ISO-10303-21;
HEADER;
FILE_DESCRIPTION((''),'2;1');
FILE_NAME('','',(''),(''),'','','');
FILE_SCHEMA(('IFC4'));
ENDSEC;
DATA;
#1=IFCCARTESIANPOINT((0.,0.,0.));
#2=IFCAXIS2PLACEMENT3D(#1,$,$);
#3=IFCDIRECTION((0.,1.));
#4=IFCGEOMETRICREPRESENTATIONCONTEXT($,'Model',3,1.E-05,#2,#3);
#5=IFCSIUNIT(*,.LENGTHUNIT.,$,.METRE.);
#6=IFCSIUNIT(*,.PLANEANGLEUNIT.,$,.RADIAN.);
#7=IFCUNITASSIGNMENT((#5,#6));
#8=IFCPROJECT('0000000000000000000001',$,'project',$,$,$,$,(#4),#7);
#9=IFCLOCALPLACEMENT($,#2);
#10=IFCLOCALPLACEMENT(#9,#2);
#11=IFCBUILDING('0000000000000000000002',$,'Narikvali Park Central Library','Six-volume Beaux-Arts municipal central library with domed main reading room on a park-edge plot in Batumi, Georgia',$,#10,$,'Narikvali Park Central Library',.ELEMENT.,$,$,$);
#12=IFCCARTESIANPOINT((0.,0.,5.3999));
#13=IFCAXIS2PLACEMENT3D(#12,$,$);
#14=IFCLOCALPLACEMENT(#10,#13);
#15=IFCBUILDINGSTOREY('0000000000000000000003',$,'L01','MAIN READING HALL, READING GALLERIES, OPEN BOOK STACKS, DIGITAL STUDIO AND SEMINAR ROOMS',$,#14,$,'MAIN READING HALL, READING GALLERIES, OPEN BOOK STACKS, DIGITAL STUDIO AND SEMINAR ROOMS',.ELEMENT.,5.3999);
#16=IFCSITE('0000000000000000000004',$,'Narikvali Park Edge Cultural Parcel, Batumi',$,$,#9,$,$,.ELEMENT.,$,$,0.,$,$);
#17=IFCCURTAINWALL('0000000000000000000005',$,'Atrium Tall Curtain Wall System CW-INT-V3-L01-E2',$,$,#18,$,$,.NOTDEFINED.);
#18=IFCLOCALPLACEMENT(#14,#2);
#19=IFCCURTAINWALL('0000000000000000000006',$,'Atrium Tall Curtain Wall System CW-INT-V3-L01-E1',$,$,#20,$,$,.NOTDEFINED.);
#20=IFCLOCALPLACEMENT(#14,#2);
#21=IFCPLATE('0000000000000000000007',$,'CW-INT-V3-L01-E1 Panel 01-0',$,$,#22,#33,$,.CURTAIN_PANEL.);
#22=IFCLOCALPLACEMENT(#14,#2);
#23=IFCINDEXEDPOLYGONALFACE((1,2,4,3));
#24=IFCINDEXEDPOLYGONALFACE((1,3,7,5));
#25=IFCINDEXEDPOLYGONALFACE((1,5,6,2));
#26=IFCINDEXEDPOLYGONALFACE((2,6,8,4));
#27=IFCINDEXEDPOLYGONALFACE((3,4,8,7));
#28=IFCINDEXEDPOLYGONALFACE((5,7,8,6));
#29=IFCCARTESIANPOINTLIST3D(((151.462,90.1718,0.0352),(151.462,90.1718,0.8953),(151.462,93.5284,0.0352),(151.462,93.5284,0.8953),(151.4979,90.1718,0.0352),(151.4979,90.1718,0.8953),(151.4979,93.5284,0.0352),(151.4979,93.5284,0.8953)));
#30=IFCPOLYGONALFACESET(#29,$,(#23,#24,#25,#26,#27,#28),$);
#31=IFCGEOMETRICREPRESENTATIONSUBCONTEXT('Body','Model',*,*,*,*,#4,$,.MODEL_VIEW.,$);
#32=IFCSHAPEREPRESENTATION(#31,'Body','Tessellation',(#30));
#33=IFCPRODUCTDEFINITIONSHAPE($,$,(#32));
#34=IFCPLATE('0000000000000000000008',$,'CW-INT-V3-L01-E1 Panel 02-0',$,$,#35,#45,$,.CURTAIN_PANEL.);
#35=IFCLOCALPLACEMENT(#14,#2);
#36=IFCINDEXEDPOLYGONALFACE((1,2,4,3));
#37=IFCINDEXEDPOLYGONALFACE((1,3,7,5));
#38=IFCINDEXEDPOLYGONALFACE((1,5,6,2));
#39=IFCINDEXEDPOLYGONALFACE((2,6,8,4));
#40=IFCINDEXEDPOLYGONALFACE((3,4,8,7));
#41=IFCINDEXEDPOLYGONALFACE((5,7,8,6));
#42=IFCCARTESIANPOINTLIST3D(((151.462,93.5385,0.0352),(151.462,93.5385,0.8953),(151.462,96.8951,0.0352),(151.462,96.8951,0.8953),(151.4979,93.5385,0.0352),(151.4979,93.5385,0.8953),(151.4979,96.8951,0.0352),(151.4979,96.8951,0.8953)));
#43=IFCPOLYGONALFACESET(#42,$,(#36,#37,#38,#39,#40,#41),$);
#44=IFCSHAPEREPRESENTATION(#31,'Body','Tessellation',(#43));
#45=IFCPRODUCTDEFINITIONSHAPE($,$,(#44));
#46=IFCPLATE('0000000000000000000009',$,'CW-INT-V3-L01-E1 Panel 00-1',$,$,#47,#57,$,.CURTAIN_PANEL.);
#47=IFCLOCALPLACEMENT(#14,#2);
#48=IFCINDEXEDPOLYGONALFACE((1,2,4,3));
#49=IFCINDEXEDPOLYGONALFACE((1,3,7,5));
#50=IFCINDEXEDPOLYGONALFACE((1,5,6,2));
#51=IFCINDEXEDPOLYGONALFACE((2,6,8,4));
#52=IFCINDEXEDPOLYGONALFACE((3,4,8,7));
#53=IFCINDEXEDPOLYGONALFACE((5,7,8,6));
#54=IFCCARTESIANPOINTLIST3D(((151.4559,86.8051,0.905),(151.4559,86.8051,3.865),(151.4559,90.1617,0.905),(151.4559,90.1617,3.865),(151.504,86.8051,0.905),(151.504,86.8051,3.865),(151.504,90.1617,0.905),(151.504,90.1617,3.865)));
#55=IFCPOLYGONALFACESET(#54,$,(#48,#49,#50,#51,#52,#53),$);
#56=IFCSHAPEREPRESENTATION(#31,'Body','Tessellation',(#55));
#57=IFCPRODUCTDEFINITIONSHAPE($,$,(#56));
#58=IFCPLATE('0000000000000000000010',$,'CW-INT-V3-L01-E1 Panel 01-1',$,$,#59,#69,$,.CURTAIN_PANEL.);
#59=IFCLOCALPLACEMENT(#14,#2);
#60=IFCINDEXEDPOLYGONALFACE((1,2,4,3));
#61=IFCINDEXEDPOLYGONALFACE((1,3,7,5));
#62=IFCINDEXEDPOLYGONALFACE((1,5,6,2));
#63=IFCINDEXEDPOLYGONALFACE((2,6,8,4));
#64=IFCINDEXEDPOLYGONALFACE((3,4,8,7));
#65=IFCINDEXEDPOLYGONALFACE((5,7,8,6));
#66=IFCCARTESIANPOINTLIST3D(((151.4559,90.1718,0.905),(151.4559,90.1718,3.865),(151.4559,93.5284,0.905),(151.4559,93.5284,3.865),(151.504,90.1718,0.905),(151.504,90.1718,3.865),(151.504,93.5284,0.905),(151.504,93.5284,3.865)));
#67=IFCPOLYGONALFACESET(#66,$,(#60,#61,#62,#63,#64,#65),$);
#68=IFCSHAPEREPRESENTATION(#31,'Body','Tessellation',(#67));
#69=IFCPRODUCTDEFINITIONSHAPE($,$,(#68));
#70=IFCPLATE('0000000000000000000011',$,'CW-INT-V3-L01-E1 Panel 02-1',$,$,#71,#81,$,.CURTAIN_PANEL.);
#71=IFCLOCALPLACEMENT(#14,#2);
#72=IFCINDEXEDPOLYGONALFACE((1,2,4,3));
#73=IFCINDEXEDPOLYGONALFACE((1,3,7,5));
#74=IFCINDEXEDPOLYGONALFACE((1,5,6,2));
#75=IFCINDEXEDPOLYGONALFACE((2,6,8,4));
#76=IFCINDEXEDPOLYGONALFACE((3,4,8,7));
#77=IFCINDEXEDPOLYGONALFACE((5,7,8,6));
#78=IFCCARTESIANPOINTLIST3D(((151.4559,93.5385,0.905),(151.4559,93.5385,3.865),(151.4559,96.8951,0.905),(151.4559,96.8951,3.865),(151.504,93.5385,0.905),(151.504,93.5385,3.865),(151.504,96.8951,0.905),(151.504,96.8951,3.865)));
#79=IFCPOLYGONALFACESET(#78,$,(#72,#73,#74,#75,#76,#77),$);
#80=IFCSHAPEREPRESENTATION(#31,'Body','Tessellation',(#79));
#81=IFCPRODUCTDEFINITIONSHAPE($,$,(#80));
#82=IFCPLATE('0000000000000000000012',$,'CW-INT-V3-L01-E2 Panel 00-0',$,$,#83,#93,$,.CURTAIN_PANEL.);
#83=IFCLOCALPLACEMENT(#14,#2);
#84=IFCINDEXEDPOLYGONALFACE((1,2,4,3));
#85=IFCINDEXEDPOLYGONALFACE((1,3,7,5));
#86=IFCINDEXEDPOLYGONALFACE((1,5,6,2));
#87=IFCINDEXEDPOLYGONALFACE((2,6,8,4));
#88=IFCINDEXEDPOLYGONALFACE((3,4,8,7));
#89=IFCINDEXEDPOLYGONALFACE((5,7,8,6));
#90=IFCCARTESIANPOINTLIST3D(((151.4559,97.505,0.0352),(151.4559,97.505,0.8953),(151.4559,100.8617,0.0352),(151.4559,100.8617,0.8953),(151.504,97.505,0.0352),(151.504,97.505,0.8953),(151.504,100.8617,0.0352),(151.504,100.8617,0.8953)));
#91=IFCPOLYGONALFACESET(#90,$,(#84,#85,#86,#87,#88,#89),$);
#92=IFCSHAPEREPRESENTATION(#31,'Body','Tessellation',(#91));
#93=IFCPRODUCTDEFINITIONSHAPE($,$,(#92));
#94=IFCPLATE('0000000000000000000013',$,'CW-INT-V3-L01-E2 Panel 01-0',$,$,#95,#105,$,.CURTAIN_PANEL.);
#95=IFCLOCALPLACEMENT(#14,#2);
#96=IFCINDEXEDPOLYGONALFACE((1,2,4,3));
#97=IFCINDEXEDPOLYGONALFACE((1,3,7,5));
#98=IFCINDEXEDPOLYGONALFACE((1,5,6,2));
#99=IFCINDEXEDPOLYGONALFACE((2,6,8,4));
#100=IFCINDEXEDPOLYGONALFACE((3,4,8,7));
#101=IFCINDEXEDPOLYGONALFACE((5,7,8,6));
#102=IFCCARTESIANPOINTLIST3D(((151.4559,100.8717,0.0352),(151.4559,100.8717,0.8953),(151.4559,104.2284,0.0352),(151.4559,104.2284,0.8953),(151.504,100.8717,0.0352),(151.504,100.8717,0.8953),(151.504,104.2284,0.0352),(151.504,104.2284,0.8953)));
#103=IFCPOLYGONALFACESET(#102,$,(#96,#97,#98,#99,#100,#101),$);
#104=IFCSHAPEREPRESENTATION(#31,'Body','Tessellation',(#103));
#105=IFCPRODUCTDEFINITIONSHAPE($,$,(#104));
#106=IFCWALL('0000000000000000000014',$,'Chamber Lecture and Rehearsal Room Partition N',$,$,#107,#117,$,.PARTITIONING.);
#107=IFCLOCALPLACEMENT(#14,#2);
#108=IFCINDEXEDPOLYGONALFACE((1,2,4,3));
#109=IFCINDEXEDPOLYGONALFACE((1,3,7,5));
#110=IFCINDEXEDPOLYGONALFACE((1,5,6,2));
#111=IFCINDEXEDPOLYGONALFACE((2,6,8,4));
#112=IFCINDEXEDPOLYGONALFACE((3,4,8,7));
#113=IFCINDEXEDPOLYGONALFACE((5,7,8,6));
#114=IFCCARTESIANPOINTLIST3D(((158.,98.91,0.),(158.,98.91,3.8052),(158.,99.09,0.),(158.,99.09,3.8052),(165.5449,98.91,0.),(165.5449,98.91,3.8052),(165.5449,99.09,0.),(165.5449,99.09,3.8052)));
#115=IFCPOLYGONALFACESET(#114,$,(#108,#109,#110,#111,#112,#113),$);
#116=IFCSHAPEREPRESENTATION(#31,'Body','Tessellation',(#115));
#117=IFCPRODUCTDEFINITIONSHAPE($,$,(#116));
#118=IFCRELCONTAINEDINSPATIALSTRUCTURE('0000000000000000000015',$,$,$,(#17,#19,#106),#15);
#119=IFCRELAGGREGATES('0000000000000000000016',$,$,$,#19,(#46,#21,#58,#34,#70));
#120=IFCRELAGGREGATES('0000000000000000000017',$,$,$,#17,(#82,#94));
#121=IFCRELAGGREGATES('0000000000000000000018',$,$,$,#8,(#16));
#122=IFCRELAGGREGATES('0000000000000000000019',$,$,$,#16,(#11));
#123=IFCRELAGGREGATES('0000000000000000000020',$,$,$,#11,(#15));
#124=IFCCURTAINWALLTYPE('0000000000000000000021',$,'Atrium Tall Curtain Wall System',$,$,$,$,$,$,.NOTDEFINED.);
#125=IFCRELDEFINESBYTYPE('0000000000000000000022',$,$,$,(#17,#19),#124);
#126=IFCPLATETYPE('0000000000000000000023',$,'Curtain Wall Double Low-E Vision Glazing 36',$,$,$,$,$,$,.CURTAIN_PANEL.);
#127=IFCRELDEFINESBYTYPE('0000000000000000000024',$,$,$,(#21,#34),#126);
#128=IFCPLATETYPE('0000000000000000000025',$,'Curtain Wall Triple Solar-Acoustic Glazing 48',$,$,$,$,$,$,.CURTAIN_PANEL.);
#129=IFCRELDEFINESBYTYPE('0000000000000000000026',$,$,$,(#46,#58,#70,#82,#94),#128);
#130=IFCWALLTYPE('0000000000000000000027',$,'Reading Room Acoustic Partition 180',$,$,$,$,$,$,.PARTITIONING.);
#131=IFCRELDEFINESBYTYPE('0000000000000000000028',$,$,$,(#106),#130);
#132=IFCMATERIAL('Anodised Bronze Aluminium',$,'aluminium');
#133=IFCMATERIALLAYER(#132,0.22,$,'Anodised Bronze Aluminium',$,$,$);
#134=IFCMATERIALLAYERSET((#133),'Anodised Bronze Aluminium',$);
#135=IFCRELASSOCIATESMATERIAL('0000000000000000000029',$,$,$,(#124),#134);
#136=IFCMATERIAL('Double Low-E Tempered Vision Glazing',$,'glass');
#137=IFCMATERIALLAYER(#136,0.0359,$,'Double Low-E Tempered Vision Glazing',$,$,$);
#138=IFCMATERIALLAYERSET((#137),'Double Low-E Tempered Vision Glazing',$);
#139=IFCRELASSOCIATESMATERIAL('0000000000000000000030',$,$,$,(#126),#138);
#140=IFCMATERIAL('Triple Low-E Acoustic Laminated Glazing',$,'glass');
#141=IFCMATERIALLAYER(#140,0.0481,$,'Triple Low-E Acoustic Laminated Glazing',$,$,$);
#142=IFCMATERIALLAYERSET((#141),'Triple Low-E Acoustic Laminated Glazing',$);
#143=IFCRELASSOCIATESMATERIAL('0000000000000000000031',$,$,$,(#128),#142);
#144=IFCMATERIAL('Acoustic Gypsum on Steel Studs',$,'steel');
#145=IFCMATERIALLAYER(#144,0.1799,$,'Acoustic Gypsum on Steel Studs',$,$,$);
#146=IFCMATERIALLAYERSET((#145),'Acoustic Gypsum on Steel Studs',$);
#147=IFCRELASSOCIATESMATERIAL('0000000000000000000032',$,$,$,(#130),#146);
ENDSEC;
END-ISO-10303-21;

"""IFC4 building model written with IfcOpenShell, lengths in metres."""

from ifc_helpers import new_model, si_unit, direction, frame, frame_2d, origin, origin_2d, place, context, subcontext, project, spatial, rectangle, extrude, material, layer, layer_set, type_object, element, aggregate, save


model = new_model("IFC4")

# Units and contexts
model_context = context("Model", 3, precision=1e-05, world=origin(), true_north=direction((0.0, 1.0)))
body_context = subcontext(model_context, "Body", "Model", "MODEL_VIEW")
ifc_project = project(units=[si_unit("LENGTHUNIT", "METRE"), si_unit("PLANEANGLEUNIT", "RADIAN")], contexts=[model_context])

# Site, building, storey
site_placement = place(None, origin())
site = spatial("IfcSite", under=ifc_project, at=site_placement, Name="Narikvali Park Edge Cultural Parcel, Batumi", CompositionType="ELEMENT", RefElevation=0.0)
building_placement = place(site_placement, origin())
building = spatial("IfcBuilding", under=site, at=building_placement, Name="Narikvali Park Central Library", Description="Six-volume Beaux-Arts municipal central library with domed main reading room on a park-edge plot in Batumi, Georgia", LongName="Narikvali Park Central Library", CompositionType="ELEMENT")
storey_placement = place(building_placement, frame((0.0, 0.0, 5.3999)))
storey = spatial("IfcBuildingStorey", under=building, at=storey_placement, Name="L01", Description="MAIN READING HALL, READING GALLERIES, OPEN BOOK STACKS, DIGITAL STUDIO AND SEMINAR ROOMS", LongName="MAIN READING HALL, READING GALLERIES, OPEN BOOK STACKS, DIGITAL STUDIO AND SEMINAR ROOMS", CompositionType="ELEMENT", Elevation=5.3999)

# Curtain walls
ifc_material_1 = material(Name="Anodised Bronze Aluminium", Category="aluminium")
ifc_layer_1 = layer(ifc_material_1, 0.22, Name="Anodised Bronze Aluminium")
ifc_layer_set_1 = layer_set([ifc_layer_1], Name="Anodised Bronze Aluminium")
curtain_wall_type = type_object("IfcCurtainWallType", Name="Atrium Tall Curtain Wall System", PredefinedType="NOTDEFINED", material=ifc_layer_set_1)
curtain_wall_1_placement = place(storey_placement, origin())
curtain_wall_1 = element("IfcCurtainWall", 1, at=curtain_wall_1_placement, inside=storey, type_object=curtain_wall_type, Name="Atrium Tall Curtain Wall System CW-INT-V3-L01-E2", PredefinedType="NOTDEFINED")
curtain_wall_2_placement = place(storey_placement, origin())
curtain_wall_2 = element("IfcCurtainWall", 2, at=curtain_wall_2_placement, inside=storey, type_object=curtain_wall_type, Name="Atrium Tall Curtain Wall System CW-INT-V3-L01-E1", PredefinedType="NOTDEFINED")

# Plates
ifc_material_2 = material(Name="Double Low-E Tempered Vision Glazing", Category="glass")
ifc_layer_2 = layer(ifc_material_2, 0.0359, Name="Double Low-E Tempered Vision Glazing")
ifc_layer_set_2 = layer_set([ifc_layer_2], Name="Double Low-E Tempered Vision Glazing")
plate_type_1 = type_object("IfcPlateType", Name="Curtain Wall Double Low-E Vision Glazing 36", PredefinedType="CURTAIN_PANEL", material=ifc_layer_set_2)
plate_1_placement = place(storey_placement, frame((151.48, 91.8501, 0.0352), z_axis=(0.0, 0.0, 1.0), x_axis=(0.0, 1.0, 0.0)))
plate_1 = element("IfcPlate", 3, at=plate_1_placement, type_object=plate_type_1, Name="CW-INT-V3-L01-E1 Panel 01-0", PredefinedType="CURTAIN_PANEL", context=body_context, shape_type="SweptSolid", body=[
    extrude(rectangle(XDim=3.3567, YDim=0.0359, at=origin_2d()), origin(), (0.0, 0.0, 1.0), 0.8601),
])
plate_2_placement = place(storey_placement, frame((151.48, 95.2168, 0.0352), z_axis=(0.0, 0.0, 1.0), x_axis=(0.0, 1.0, 0.0)))
plate_2 = element("IfcPlate", 4, at=plate_2_placement, type_object=plate_type_1, Name="CW-INT-V3-L01-E1 Panel 02-0", PredefinedType="CURTAIN_PANEL", context=body_context, shape_type="SweptSolid", body=[
    extrude(rectangle(XDim=3.3567, YDim=0.0359, at=origin_2d()), origin(), (0.0, 0.0, 1.0), 0.8601),
])
ifc_material_3 = material(Name="Triple Low-E Acoustic Laminated Glazing", Category="glass")
ifc_layer_3 = layer(ifc_material_3, 0.0481, Name="Triple Low-E Acoustic Laminated Glazing")
ifc_layer_set_3 = layer_set([ifc_layer_3], Name="Triple Low-E Acoustic Laminated Glazing")
plate_type_2 = type_object("IfcPlateType", Name="Curtain Wall Triple Solar-Acoustic Glazing 48", PredefinedType="CURTAIN_PANEL", material=ifc_layer_set_3)
plate_3_placement = place(storey_placement, frame((151.48, 88.4834, 0.905), z_axis=(0.0, 0.0, 1.0), x_axis=(0.0, 1.0, 0.0)))
plate_3 = element("IfcPlate", 5, at=plate_3_placement, type_object=plate_type_2, Name="CW-INT-V3-L01-E1 Panel 00-1", PredefinedType="CURTAIN_PANEL", context=body_context, shape_type="SweptSolid", body=[
    extrude(rectangle(XDim=3.3567, YDim=0.0481, at=origin_2d()), origin(), (0.0, 0.0, 1.0), 2.96),
])
plate_4_placement = place(storey_placement, frame((151.48, 91.8501, 0.905), z_axis=(0.0, 0.0, 1.0), x_axis=(0.0, 1.0, 0.0)))
plate_4 = element("IfcPlate", 6, at=plate_4_placement, type_object=plate_type_2, Name="CW-INT-V3-L01-E1 Panel 01-1", PredefinedType="CURTAIN_PANEL", context=body_context, shape_type="SweptSolid", body=[
    extrude(rectangle(XDim=3.3567, YDim=0.0481, at=origin_2d()), origin(), (0.0, 0.0, 1.0), 2.96),
])
plate_5_placement = place(storey_placement, frame((151.48, 95.2168, 0.905), z_axis=(0.0, 0.0, 1.0), x_axis=(0.0, 1.0, 0.0)))
plate_5 = element("IfcPlate", 7, at=plate_5_placement, type_object=plate_type_2, Name="CW-INT-V3-L01-E1 Panel 02-1", PredefinedType="CURTAIN_PANEL", context=body_context, shape_type="SweptSolid", body=[
    extrude(rectangle(XDim=3.3567, YDim=0.0481, at=origin_2d()), origin(), (0.0, 0.0, 1.0), 2.96),
])
aggregate(curtain_wall_2, [plate_3, plate_1, plate_4, plate_2, plate_5])
plate_6_placement = place(storey_placement, frame((151.48, 99.1833, 0.0352), z_axis=(0.0, 0.0, 1.0), x_axis=(0.0, 1.0, 0.0)))
plate_6 = element("IfcPlate", 8, at=plate_6_placement, type_object=plate_type_2, Name="CW-INT-V3-L01-E2 Panel 00-0", PredefinedType="CURTAIN_PANEL", context=body_context, shape_type="SweptSolid", body=[
    extrude(rectangle(XDim=3.3567, YDim=0.0481, at=origin_2d()), origin(), (0.0, 0.0, 1.0), 0.8601),
])
plate_7_placement = place(storey_placement, frame((151.48, 102.55, 0.0352), z_axis=(0.0, 0.0, 1.0), x_axis=(0.0, 1.0, 0.0)))
plate_7 = element("IfcPlate", 9, at=plate_7_placement, type_object=plate_type_2, Name="CW-INT-V3-L01-E2 Panel 01-0", PredefinedType="CURTAIN_PANEL", context=body_context, shape_type="SweptSolid", body=[
    extrude(rectangle(XDim=3.3567, YDim=0.0481, at=origin_2d()), origin(), (0.0, 0.0, 1.0), 0.8601),
])
aggregate(curtain_wall_1, [plate_6, plate_7])

# Wall
ifc_material_4 = material(Name="Acoustic Gypsum on Steel Studs", Category="steel")
ifc_layer_4 = layer(ifc_material_4, 0.1799, Name="Acoustic Gypsum on Steel Studs")
ifc_layer_set_4 = layer_set([ifc_layer_4], Name="Acoustic Gypsum on Steel Studs")
wall_type = type_object("IfcWallType", Name="Reading Room Acoustic Partition 180", PredefinedType="PARTITIONING", material=ifc_layer_set_4)
wall_placement = place(storey_placement, frame((158.0, 99.0, 0.0), z_axis=(0.0, 0.0, 1.0), x_axis=(1.0, 0.0, 0.0)))
element("IfcWall", 10, at=wall_placement, inside=storey, type_object=wall_type, Name="Chamber Lecture and Rehearsal Room Partition N", PredefinedType="PARTITIONING", context=body_context, shape_type="SweptSolid", body=[
    extrude(rectangle(XDim=7.5449, YDim=0.1799, at=frame_2d((3.7725, 0.0))), origin(), (0.0, 0.0, 1.0), 3.8052),
])

save(model, "model.ifc")
